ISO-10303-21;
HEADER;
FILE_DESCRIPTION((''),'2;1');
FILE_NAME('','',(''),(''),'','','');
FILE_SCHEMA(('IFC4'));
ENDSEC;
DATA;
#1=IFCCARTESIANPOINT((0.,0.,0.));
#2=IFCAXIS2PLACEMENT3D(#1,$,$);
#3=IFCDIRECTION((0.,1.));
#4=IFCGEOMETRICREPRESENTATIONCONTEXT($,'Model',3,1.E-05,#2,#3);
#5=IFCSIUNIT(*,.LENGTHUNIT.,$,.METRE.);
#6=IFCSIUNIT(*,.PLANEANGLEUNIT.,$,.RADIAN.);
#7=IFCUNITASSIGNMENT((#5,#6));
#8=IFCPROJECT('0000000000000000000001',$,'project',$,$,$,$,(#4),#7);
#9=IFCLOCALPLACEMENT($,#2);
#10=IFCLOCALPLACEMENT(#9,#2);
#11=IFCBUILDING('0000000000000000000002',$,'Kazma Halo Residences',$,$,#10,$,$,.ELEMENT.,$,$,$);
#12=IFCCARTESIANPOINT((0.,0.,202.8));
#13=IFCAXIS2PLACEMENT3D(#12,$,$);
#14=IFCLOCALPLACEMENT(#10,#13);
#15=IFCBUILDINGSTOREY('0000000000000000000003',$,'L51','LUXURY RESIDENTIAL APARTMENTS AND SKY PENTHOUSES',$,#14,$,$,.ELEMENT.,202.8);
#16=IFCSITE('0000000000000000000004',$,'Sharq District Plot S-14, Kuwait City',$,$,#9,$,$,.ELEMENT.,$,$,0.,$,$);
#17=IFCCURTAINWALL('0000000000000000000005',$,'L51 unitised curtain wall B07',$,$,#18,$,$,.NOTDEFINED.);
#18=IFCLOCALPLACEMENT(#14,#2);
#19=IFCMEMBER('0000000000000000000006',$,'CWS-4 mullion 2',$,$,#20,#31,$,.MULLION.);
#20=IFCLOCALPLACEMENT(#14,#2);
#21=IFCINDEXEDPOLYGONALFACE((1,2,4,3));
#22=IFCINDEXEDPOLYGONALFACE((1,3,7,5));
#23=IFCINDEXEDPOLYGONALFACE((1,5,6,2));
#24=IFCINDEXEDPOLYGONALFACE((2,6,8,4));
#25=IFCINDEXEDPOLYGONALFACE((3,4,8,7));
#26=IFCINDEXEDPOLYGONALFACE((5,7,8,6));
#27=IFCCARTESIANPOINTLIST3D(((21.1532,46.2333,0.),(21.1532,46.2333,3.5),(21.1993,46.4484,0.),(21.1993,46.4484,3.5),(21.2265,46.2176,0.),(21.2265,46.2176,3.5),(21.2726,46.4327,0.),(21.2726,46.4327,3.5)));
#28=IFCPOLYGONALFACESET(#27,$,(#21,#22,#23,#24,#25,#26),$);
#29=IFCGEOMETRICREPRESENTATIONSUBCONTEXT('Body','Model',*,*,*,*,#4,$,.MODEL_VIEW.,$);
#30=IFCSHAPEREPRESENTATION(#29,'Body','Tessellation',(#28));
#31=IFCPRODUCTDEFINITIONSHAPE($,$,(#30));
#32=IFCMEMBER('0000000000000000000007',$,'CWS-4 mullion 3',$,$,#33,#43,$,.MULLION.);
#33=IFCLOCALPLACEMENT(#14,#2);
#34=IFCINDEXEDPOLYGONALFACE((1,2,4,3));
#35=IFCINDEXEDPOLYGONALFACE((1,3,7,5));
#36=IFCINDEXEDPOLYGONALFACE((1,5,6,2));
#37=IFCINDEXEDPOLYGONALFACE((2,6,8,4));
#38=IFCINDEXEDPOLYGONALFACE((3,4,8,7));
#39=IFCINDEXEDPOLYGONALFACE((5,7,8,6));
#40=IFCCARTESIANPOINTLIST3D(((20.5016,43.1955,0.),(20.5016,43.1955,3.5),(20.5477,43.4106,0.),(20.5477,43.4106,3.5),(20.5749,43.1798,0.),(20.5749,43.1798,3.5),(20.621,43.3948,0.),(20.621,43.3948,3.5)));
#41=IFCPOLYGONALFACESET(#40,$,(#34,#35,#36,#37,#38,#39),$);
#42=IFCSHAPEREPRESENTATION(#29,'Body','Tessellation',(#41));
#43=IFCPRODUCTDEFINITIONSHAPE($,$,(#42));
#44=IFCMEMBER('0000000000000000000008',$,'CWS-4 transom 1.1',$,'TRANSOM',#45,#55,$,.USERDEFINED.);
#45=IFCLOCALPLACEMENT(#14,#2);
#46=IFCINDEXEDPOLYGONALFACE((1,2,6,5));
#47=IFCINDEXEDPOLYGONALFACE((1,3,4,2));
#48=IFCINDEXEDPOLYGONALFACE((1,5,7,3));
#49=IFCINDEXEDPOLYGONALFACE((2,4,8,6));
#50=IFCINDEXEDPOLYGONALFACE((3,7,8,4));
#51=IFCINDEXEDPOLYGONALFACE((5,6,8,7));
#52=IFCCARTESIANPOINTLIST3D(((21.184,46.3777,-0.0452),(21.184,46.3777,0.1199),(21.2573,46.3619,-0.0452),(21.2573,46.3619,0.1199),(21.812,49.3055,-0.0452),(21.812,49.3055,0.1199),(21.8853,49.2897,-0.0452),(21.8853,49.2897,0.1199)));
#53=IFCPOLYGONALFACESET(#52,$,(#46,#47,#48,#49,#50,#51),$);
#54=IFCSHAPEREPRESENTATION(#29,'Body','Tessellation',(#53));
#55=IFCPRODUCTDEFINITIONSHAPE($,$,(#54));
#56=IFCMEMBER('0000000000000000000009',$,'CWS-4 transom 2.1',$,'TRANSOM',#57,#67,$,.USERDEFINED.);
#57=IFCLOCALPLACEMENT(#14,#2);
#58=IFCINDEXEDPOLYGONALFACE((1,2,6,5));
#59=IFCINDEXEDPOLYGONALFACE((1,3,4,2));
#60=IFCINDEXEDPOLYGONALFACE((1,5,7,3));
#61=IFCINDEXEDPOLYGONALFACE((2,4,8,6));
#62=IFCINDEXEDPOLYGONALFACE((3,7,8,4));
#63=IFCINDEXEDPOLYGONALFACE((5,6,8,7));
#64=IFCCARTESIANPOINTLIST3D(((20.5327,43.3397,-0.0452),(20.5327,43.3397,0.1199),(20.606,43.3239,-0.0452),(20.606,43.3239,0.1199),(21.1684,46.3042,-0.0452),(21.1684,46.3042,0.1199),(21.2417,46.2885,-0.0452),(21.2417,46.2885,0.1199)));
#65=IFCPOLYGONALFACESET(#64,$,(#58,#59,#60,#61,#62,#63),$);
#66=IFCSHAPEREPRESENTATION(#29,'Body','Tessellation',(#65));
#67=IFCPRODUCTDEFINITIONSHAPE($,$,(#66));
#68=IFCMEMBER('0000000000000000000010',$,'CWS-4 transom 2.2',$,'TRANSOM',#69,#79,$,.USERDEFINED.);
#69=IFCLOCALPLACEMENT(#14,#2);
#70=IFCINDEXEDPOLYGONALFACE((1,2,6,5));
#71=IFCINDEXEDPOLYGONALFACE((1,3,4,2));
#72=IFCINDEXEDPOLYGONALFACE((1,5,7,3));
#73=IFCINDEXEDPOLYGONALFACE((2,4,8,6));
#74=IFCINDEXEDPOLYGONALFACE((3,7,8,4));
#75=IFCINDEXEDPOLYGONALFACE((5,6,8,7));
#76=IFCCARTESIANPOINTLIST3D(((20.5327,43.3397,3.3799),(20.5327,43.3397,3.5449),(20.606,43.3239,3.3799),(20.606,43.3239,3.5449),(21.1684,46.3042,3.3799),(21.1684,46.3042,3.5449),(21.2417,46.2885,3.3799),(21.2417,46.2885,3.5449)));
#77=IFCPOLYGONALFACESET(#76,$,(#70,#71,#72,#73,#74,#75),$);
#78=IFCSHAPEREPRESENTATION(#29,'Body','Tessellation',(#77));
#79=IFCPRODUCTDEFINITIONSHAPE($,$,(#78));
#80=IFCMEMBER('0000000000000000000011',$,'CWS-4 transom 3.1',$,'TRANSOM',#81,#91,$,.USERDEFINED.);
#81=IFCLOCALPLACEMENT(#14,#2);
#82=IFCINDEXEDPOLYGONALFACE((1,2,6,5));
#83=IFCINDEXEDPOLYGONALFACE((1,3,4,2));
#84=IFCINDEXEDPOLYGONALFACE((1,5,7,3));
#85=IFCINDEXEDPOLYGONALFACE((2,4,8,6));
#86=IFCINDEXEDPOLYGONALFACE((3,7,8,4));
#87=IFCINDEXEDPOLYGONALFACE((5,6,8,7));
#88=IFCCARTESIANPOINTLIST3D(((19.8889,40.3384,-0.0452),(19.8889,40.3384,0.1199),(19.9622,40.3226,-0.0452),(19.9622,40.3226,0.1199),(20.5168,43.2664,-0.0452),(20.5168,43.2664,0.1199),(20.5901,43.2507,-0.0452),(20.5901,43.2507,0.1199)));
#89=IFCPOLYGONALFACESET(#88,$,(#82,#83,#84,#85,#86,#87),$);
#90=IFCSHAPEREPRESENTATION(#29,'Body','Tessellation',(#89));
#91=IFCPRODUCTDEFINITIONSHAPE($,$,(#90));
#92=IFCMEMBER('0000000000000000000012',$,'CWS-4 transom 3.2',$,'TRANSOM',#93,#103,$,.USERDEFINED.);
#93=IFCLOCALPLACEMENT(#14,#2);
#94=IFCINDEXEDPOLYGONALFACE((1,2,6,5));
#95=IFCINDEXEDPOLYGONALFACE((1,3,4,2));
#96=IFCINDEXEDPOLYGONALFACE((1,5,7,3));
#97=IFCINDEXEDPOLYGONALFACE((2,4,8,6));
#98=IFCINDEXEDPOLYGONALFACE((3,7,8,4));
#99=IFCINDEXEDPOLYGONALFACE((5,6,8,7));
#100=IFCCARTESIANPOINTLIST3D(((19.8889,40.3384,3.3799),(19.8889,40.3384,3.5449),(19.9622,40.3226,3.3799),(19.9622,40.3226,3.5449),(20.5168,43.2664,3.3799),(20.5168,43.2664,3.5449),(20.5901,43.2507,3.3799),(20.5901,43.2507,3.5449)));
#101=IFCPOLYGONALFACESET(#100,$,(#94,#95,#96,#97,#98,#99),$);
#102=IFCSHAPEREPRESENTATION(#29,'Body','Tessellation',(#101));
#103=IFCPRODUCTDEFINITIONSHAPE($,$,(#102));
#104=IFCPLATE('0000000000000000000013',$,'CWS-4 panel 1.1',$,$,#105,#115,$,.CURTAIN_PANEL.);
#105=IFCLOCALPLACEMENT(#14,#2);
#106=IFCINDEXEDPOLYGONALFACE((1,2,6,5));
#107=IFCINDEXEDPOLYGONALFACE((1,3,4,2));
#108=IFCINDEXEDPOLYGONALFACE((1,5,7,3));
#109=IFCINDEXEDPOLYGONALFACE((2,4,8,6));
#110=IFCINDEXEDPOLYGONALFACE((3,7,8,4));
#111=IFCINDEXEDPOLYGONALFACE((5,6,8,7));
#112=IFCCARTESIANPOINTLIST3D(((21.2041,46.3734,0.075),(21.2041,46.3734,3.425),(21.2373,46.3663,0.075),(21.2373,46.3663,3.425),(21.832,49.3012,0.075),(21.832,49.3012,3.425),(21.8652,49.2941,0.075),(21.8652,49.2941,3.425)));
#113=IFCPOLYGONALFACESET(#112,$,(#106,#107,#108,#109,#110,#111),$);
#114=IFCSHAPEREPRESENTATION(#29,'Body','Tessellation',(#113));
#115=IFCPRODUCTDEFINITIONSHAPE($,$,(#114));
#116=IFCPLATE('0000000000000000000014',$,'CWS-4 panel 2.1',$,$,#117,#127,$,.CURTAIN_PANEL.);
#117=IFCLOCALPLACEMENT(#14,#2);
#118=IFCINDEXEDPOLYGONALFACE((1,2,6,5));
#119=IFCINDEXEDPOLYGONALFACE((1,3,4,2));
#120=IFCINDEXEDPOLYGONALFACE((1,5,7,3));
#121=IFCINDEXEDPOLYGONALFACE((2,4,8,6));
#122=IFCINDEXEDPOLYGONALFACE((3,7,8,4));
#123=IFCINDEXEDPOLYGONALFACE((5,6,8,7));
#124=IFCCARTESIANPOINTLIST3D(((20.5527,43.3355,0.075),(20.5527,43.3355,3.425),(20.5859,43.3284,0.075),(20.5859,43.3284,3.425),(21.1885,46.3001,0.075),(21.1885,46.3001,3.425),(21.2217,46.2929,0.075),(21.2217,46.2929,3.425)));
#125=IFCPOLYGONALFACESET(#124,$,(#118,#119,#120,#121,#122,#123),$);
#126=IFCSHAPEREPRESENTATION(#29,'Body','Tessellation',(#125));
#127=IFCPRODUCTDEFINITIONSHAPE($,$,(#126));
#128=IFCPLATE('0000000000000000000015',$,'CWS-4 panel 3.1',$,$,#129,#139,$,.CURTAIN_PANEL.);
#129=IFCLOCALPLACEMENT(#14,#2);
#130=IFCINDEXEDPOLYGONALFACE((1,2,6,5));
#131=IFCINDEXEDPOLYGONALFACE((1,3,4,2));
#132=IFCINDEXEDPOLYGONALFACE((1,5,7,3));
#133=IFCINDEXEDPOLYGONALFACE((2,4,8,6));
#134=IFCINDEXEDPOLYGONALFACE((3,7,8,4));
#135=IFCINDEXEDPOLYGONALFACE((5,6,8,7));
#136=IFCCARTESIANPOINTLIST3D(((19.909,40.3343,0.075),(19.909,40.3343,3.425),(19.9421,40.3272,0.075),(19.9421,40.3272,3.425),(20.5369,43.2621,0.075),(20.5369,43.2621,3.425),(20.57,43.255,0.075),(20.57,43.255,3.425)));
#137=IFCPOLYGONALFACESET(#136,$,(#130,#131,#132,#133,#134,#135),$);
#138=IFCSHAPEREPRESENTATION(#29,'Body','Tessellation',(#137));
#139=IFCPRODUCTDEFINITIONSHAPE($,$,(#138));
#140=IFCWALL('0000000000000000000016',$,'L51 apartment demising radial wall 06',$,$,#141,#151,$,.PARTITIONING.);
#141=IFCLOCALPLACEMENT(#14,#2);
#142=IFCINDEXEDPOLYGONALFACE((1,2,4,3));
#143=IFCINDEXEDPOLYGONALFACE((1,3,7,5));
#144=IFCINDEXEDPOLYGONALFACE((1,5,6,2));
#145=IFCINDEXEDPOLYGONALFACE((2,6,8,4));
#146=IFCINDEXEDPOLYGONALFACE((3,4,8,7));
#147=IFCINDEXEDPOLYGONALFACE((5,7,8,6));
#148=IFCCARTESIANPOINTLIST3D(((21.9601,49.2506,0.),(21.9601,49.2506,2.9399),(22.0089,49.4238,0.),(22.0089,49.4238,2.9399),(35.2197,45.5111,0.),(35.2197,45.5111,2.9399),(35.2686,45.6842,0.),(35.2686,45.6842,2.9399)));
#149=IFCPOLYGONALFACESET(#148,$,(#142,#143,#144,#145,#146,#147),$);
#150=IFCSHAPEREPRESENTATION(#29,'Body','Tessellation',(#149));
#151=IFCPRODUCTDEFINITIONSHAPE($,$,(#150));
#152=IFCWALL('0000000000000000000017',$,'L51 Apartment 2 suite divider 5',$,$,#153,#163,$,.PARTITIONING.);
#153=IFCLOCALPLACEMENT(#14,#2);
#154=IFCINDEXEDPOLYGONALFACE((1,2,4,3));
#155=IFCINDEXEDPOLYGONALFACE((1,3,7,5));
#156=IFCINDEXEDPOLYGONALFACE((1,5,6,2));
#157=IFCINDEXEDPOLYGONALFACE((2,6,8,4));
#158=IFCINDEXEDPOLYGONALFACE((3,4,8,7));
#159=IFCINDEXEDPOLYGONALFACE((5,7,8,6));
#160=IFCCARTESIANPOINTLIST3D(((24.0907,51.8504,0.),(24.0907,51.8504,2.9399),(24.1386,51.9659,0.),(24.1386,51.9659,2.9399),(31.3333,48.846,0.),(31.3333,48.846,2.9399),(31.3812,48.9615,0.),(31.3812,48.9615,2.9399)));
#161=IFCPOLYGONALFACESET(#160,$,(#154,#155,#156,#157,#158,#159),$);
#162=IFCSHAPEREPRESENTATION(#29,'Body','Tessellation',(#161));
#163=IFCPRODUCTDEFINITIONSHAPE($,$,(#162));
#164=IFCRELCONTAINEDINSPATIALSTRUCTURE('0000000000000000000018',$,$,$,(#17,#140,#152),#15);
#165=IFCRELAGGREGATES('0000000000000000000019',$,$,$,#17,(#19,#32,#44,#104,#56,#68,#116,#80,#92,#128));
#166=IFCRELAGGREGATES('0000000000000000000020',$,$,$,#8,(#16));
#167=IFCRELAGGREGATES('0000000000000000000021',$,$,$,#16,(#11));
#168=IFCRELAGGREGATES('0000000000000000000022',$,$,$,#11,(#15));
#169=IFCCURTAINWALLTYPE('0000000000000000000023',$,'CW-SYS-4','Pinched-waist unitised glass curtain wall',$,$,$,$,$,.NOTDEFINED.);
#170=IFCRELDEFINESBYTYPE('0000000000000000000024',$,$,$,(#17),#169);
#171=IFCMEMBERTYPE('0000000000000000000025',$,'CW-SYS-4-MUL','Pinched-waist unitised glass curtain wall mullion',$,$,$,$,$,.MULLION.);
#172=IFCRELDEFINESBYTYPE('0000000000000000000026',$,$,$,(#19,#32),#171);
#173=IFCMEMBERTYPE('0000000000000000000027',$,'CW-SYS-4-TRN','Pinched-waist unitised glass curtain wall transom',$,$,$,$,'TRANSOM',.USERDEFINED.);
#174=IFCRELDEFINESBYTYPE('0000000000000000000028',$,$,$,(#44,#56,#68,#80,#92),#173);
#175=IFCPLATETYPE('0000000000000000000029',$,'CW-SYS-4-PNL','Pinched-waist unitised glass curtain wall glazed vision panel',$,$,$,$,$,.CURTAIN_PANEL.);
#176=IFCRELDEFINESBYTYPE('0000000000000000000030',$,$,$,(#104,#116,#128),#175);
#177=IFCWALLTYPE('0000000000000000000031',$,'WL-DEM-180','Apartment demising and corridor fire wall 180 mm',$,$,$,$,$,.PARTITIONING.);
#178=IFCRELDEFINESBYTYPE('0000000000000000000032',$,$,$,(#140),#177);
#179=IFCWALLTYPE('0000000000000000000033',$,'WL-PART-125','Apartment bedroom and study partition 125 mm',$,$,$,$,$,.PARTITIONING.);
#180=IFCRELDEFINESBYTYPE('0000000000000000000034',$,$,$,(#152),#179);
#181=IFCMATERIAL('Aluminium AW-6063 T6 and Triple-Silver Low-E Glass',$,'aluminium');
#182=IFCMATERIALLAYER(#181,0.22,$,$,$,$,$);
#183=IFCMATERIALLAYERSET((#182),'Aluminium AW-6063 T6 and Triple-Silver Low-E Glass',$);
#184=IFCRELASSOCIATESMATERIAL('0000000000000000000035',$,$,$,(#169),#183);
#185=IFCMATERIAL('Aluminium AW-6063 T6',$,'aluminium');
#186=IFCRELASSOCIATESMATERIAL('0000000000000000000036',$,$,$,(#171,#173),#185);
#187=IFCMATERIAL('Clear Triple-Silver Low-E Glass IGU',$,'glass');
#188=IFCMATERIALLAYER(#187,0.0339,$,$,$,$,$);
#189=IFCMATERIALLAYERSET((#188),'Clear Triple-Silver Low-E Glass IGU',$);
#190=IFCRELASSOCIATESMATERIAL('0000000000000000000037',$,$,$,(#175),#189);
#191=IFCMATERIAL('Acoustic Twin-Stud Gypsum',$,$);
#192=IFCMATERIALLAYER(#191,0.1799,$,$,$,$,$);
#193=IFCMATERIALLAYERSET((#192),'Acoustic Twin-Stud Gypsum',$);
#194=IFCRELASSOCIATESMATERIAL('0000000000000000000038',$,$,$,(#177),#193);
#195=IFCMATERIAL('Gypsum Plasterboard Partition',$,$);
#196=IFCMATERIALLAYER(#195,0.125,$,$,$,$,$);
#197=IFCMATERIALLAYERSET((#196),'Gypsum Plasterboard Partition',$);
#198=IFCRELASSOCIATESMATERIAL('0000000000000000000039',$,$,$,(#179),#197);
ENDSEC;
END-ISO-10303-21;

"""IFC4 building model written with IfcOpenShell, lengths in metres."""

from ifc_helpers import new_model, si_unit, direction, frame, frame_2d, origin, origin_2d, place, context, subcontext, project, spatial, rectangle, extrude, material, layer, layer_set, material_profile, profile_set, type_object, element, aggregate, save


model = new_model("IFC4")

# Units and contexts
model_context = context("Model", 3, precision=1e-05, world=origin(), true_north=direction((0.0, 1.0)))
body_context = subcontext(model_context, "Body", "Model", "MODEL_VIEW")
ifc_project = project(units=[si_unit("LENGTHUNIT", "METRE"), si_unit("PLANEANGLEUNIT", "RADIAN")], contexts=[model_context])

# Site, building, storey
site_placement = place(None, origin())
site = spatial("IfcSite", under=ifc_project, at=site_placement, Name="Sharq District Plot S-14, Kuwait City", CompositionType="ELEMENT", RefElevation=0.0)
building_placement = place(site_placement, origin())
building = spatial("IfcBuilding", under=site, at=building_placement, Name="Kazma Halo Residences", CompositionType="ELEMENT")
storey_placement = place(building_placement, frame((0.0, 0.0, 202.8)))
storey = spatial("IfcBuildingStorey", under=building, at=storey_placement, Name="L51", Description="LUXURY RESIDENTIAL APARTMENTS AND SKY PENTHOUSES", CompositionType="ELEMENT", Elevation=202.8)

# Curtain wall, members, plates
ifc_material_1 = material(Name="Aluminium AW-6063 T6 and Triple-Silver Low-E Glass", Category="aluminium")
ifc_layer_1 = layer(ifc_material_1, 0.22)
ifc_layer_set_1 = layer_set([ifc_layer_1], Name="Aluminium AW-6063 T6 and Triple-Silver Low-E Glass")
curtain_wall_type = type_object("IfcCurtainWallType", Name="CW-SYS-4", Description="Pinched-waist unitised glass curtain wall", PredefinedType="NOTDEFINED", material=ifc_layer_set_1)
curtain_wall_placement = place(storey_placement, origin())
curtain_wall = element("IfcCurtainWall", 1, at=curtain_wall_placement, inside=storey, type_object=curtain_wall_type, Name="L51 unitised curtain wall B07", PredefinedType="NOTDEFINED")
ifc_material_2 = material(Name="Aluminium AW-6063 T6", Category="aluminium")
ifc_material_profile_1 = material_profile(ifc_material_2, rectangle(XDim=0.075, YDim=0.22, at=origin_2d()), Name="CWM-75x220")
ifc_profile_set_1 = profile_set([ifc_material_profile_1], Name="Aluminium AW-6063 T6")
member_type_1 = type_object("IfcMemberType", Name="CW-SYS-4-MUL", Description="Pinched-waist unitised glass curtain wall mullion", PredefinedType="MULLION", material=ifc_profile_set_1)
member_1_placement = place(storey_placement, frame((21.2129, 46.333, 0.0), z_axis=(0.0, 0.0, 1.0), x_axis=(0.977768, -0.20969, 0.0)))
member_1 = element("IfcMember", 2, at=member_1_placement, type_object=member_type_1, Name="CWS-4 mullion 2", PredefinedType="MULLION", context=body_context, shape_type="SweptSolid", body=[
    extrude(rectangle(XDim=0.075, YDim=0.22, at=origin_2d()), origin(), (0.0, 0.0, 1.0), 3.5),
])
member_2_placement = place(storey_placement, frame((20.5613, 43.2952, 0.0), z_axis=(0.0, 0.0, 1.0), x_axis=(0.977768, -0.20969, 0.0)))
member_2 = element("IfcMember", 3, at=member_2_placement, type_object=member_type_1, Name="CWS-4 mullion 3", PredefinedType="MULLION", context=body_context, shape_type="SweptSolid", body=[
    extrude(rectangle(XDim=0.075, YDim=0.22, at=origin_2d()), origin(), (0.0, 0.0, 1.0), 3.5),
])
ifc_material_profile_2 = material_profile(ifc_material_2, rectangle(XDim=0.075, YDim=0.165, at=origin_2d()), Name="CWT-75x165")
ifc_profile_set_2 = profile_set([ifc_material_profile_2], Name="Aluminium AW-6063 T6")
member_type_2 = type_object("IfcMemberType", Name="CW-SYS-4-TRN", Description="Pinched-waist unitised glass curtain wall transom", ElementType="TRANSOM", PredefinedType="USERDEFINED", material=ifc_profile_set_2)
member_3_placement = place(storey_placement, frame((21.8486, 49.2976, 0.0374), z_axis=(-0.209707, -0.977764, 0.0), x_axis=(0.977764, -0.209707, 0.0)))
member_3 = element("IfcMember", 4, at=member_3_placement, type_object=member_type_2, Name="CWS-4 transom 1.1", ObjectType="TRANSOM", PredefinedType="USERDEFINED", context=body_context, shape_type="SweptSolid", body=[
    extrude(rectangle(XDim=0.075, YDim=0.165, at=origin_2d()), origin(), (0.0, 0.0, 1.0), 2.9944),
])
member_4_placement = place(storey_placement, frame((21.2051, 46.2964, 0.0374), z_axis=(-0.209678, -0.977771, 0.0), x_axis=(0.977771, -0.209678, 0.0)))
member_4 = element("IfcMember", 5, at=member_4_placement, type_object=member_type_2, Name="CWS-4 transom 2.1", ObjectType="TRANSOM", PredefinedType="USERDEFINED", context=body_context, shape_type="SweptSolid", body=[
    extrude(rectangle(XDim=0.075, YDim=0.165, at=origin_2d()), origin(), (0.0, 0.0, 1.0), 3.032),
])
member_5_placement = place(storey_placement, frame((21.2051, 46.2964, 3.4624), z_axis=(-0.209678, -0.977771, 0.0), x_axis=(0.977771, -0.209678, 0.0)))
member_5 = element("IfcMember", 6, at=member_5_placement, type_object=member_type_2, Name="CWS-4 transom 2.2", ObjectType="TRANSOM", PredefinedType="USERDEFINED", context=body_context, shape_type="SweptSolid", body=[
    extrude(rectangle(XDim=0.075, YDim=0.165, at=origin_2d()), origin(), (0.0, 0.0, 1.0), 3.032),
])
member_6_placement = place(storey_placement, frame((20.5535, 43.2585, 0.0374), z_axis=(-0.209691, -0.977768, 0.0), x_axis=(0.977768, -0.209691, 0.0)))
member_6 = element("IfcMember", 7, at=member_6_placement, type_object=member_type_2, Name="CWS-4 transom 3.1", ObjectType="TRANSOM", PredefinedType="USERDEFINED", context=body_context, shape_type="SweptSolid", body=[
    extrude(rectangle(XDim=0.075, YDim=0.165, at=origin_2d()), origin(), (0.0, 0.0, 1.0), 2.9946),
])
member_7_placement = place(storey_placement, frame((20.5535, 43.2585, 3.4624), z_axis=(-0.209691, -0.977768, 0.0), x_axis=(0.977768, -0.209691, 0.0)))
member_7 = element("IfcMember", 8, at=member_7_placement, type_object=member_type_2, Name="CWS-4 transom 3.2", ObjectType="TRANSOM", PredefinedType="USERDEFINED", context=body_context, shape_type="SweptSolid", body=[
    extrude(rectangle(XDim=0.075, YDim=0.165, at=origin_2d()), origin(), (0.0, 0.0, 1.0), 2.9946),
])
ifc_material_3 = material(Name="Clear Triple-Silver Low-E Glass IGU", Category="glass")
ifc_layer_2 = layer(ifc_material_3, 0.0339)
ifc_layer_set_2 = layer_set([ifc_layer_2], Name="Clear Triple-Silver Low-E Glass IGU")
plate_type = type_object("IfcPlateType", Name="CW-SYS-4-PNL", Description="Pinched-waist unitised glass curtain wall glazed vision panel", PredefinedType="CURTAIN_PANEL", material=ifc_layer_set_2)
plate_1_placement = place(storey_placement, frame((21.5347, 47.8337, 0.075), z_axis=(0.0, 0.0, 1.0), x_axis=(-0.20969, -0.977768, 0.0)))
plate_1 = element("IfcPlate", 9, at=plate_1_placement, type_object=plate_type, Name="CWS-4 panel 1.1", PredefinedType="CURTAIN_PANEL", context=body_context, shape_type="SweptSolid", body=[
    extrude(rectangle(XDim=2.9944, YDim=0.0339, at=origin_2d()), origin(), (0.0, 0.0, 1.0), 3.3501),
])
plate_2_placement = place(storey_placement, frame((20.8872, 44.8142, 0.075), z_axis=(0.0, 0.0, 1.0), x_axis=(-0.20969, -0.977768, 0.0)))
plate_2 = element("IfcPlate", 10, at=plate_2_placement, type_object=plate_type, Name="CWS-4 panel 2.1", PredefinedType="CURTAIN_PANEL", context=body_context, shape_type="SweptSolid", body=[
    extrude(rectangle(XDim=3.032, YDim=0.0339, at=origin_2d()), origin(), (0.0, 0.0, 1.0), 3.3501),
])
plate_3_placement = place(storey_placement, frame((20.2395, 41.7947, 0.075), z_axis=(0.0, 0.0, 1.0), x_axis=(-0.20969, -0.977768, 0.0)))
plate_3 = element("IfcPlate", 11, at=plate_3_placement, type_object=plate_type, Name="CWS-4 panel 3.1", PredefinedType="CURTAIN_PANEL", context=body_context, shape_type="SweptSolid", body=[
    extrude(rectangle(XDim=2.9944, YDim=0.0339, at=origin_2d()), origin(), (0.0, 0.0, 1.0), 3.3501),
])
aggregate(curtain_wall, [member_1, member_2, member_3, plate_1, member_4, member_5, plate_2, member_6, member_7, plate_3])

# Walls
ifc_material_4 = material(Name="Acoustic Twin-Stud Gypsum")
ifc_layer_3 = layer(ifc_material_4, 0.1799)
ifc_layer_set_3 = layer_set([ifc_layer_3], Name="Acoustic Twin-Stud Gypsum")
wall_type_1 = type_object("IfcWallType", Name="WL-DEM-180", Description="Apartment demising and corridor fire wall 180 mm", PredefinedType="PARTITIONING", material=ifc_layer_set_3)
wall_1_placement = place(storey_placement, frame((35.2441, 45.5977, 0.0), z_axis=(0.0, 0.0, 1.0), x_axis=(-0.962457, 0.271436, 0.0)))
element("IfcWall", 12, at=wall_1_placement, inside=storey, type_object=wall_type_1, Name="L51 apartment demising radial wall 06", PredefinedType="PARTITIONING", context=body_context, shape_type="SweptSolid", body=[
    extrude(rectangle(XDim=13.7769, YDim=0.1799, at=frame_2d((6.8884, 0.0))), origin(), (0.0, 0.0, 1.0), 2.9399),
])
ifc_material_5 = material(Name="Gypsum Plasterboard Partition")
ifc_layer_4 = layer(ifc_material_5, 0.125)
ifc_layer_set_4 = layer_set([ifc_layer_4], Name="Gypsum Plasterboard Partition")
wall_type_2 = type_object("IfcWallType", Name="WL-PART-125", Description="Apartment bedroom and study partition 125 mm", PredefinedType="PARTITIONING", material=ifc_layer_set_4)
wall_2_placement = place(storey_placement, frame((31.3572, 48.9038, 0.0), z_axis=(0.0, 0.0, 1.0), x_axis=(-0.923682, 0.38316, 0.0)))
element("IfcWall", 13, at=wall_2_placement, inside=storey, type_object=wall_type_2, Name="L51 Apartment 2 suite divider 5", PredefinedType="PARTITIONING", context=body_context, shape_type="SweptSolid", body=[
    extrude(rectangle(XDim=7.8411, YDim=0.125, at=frame_2d((3.9204, 0.0))), origin(), (0.0, 0.0, 1.0), 2.9399),
])

save(model, "model.ifc")
